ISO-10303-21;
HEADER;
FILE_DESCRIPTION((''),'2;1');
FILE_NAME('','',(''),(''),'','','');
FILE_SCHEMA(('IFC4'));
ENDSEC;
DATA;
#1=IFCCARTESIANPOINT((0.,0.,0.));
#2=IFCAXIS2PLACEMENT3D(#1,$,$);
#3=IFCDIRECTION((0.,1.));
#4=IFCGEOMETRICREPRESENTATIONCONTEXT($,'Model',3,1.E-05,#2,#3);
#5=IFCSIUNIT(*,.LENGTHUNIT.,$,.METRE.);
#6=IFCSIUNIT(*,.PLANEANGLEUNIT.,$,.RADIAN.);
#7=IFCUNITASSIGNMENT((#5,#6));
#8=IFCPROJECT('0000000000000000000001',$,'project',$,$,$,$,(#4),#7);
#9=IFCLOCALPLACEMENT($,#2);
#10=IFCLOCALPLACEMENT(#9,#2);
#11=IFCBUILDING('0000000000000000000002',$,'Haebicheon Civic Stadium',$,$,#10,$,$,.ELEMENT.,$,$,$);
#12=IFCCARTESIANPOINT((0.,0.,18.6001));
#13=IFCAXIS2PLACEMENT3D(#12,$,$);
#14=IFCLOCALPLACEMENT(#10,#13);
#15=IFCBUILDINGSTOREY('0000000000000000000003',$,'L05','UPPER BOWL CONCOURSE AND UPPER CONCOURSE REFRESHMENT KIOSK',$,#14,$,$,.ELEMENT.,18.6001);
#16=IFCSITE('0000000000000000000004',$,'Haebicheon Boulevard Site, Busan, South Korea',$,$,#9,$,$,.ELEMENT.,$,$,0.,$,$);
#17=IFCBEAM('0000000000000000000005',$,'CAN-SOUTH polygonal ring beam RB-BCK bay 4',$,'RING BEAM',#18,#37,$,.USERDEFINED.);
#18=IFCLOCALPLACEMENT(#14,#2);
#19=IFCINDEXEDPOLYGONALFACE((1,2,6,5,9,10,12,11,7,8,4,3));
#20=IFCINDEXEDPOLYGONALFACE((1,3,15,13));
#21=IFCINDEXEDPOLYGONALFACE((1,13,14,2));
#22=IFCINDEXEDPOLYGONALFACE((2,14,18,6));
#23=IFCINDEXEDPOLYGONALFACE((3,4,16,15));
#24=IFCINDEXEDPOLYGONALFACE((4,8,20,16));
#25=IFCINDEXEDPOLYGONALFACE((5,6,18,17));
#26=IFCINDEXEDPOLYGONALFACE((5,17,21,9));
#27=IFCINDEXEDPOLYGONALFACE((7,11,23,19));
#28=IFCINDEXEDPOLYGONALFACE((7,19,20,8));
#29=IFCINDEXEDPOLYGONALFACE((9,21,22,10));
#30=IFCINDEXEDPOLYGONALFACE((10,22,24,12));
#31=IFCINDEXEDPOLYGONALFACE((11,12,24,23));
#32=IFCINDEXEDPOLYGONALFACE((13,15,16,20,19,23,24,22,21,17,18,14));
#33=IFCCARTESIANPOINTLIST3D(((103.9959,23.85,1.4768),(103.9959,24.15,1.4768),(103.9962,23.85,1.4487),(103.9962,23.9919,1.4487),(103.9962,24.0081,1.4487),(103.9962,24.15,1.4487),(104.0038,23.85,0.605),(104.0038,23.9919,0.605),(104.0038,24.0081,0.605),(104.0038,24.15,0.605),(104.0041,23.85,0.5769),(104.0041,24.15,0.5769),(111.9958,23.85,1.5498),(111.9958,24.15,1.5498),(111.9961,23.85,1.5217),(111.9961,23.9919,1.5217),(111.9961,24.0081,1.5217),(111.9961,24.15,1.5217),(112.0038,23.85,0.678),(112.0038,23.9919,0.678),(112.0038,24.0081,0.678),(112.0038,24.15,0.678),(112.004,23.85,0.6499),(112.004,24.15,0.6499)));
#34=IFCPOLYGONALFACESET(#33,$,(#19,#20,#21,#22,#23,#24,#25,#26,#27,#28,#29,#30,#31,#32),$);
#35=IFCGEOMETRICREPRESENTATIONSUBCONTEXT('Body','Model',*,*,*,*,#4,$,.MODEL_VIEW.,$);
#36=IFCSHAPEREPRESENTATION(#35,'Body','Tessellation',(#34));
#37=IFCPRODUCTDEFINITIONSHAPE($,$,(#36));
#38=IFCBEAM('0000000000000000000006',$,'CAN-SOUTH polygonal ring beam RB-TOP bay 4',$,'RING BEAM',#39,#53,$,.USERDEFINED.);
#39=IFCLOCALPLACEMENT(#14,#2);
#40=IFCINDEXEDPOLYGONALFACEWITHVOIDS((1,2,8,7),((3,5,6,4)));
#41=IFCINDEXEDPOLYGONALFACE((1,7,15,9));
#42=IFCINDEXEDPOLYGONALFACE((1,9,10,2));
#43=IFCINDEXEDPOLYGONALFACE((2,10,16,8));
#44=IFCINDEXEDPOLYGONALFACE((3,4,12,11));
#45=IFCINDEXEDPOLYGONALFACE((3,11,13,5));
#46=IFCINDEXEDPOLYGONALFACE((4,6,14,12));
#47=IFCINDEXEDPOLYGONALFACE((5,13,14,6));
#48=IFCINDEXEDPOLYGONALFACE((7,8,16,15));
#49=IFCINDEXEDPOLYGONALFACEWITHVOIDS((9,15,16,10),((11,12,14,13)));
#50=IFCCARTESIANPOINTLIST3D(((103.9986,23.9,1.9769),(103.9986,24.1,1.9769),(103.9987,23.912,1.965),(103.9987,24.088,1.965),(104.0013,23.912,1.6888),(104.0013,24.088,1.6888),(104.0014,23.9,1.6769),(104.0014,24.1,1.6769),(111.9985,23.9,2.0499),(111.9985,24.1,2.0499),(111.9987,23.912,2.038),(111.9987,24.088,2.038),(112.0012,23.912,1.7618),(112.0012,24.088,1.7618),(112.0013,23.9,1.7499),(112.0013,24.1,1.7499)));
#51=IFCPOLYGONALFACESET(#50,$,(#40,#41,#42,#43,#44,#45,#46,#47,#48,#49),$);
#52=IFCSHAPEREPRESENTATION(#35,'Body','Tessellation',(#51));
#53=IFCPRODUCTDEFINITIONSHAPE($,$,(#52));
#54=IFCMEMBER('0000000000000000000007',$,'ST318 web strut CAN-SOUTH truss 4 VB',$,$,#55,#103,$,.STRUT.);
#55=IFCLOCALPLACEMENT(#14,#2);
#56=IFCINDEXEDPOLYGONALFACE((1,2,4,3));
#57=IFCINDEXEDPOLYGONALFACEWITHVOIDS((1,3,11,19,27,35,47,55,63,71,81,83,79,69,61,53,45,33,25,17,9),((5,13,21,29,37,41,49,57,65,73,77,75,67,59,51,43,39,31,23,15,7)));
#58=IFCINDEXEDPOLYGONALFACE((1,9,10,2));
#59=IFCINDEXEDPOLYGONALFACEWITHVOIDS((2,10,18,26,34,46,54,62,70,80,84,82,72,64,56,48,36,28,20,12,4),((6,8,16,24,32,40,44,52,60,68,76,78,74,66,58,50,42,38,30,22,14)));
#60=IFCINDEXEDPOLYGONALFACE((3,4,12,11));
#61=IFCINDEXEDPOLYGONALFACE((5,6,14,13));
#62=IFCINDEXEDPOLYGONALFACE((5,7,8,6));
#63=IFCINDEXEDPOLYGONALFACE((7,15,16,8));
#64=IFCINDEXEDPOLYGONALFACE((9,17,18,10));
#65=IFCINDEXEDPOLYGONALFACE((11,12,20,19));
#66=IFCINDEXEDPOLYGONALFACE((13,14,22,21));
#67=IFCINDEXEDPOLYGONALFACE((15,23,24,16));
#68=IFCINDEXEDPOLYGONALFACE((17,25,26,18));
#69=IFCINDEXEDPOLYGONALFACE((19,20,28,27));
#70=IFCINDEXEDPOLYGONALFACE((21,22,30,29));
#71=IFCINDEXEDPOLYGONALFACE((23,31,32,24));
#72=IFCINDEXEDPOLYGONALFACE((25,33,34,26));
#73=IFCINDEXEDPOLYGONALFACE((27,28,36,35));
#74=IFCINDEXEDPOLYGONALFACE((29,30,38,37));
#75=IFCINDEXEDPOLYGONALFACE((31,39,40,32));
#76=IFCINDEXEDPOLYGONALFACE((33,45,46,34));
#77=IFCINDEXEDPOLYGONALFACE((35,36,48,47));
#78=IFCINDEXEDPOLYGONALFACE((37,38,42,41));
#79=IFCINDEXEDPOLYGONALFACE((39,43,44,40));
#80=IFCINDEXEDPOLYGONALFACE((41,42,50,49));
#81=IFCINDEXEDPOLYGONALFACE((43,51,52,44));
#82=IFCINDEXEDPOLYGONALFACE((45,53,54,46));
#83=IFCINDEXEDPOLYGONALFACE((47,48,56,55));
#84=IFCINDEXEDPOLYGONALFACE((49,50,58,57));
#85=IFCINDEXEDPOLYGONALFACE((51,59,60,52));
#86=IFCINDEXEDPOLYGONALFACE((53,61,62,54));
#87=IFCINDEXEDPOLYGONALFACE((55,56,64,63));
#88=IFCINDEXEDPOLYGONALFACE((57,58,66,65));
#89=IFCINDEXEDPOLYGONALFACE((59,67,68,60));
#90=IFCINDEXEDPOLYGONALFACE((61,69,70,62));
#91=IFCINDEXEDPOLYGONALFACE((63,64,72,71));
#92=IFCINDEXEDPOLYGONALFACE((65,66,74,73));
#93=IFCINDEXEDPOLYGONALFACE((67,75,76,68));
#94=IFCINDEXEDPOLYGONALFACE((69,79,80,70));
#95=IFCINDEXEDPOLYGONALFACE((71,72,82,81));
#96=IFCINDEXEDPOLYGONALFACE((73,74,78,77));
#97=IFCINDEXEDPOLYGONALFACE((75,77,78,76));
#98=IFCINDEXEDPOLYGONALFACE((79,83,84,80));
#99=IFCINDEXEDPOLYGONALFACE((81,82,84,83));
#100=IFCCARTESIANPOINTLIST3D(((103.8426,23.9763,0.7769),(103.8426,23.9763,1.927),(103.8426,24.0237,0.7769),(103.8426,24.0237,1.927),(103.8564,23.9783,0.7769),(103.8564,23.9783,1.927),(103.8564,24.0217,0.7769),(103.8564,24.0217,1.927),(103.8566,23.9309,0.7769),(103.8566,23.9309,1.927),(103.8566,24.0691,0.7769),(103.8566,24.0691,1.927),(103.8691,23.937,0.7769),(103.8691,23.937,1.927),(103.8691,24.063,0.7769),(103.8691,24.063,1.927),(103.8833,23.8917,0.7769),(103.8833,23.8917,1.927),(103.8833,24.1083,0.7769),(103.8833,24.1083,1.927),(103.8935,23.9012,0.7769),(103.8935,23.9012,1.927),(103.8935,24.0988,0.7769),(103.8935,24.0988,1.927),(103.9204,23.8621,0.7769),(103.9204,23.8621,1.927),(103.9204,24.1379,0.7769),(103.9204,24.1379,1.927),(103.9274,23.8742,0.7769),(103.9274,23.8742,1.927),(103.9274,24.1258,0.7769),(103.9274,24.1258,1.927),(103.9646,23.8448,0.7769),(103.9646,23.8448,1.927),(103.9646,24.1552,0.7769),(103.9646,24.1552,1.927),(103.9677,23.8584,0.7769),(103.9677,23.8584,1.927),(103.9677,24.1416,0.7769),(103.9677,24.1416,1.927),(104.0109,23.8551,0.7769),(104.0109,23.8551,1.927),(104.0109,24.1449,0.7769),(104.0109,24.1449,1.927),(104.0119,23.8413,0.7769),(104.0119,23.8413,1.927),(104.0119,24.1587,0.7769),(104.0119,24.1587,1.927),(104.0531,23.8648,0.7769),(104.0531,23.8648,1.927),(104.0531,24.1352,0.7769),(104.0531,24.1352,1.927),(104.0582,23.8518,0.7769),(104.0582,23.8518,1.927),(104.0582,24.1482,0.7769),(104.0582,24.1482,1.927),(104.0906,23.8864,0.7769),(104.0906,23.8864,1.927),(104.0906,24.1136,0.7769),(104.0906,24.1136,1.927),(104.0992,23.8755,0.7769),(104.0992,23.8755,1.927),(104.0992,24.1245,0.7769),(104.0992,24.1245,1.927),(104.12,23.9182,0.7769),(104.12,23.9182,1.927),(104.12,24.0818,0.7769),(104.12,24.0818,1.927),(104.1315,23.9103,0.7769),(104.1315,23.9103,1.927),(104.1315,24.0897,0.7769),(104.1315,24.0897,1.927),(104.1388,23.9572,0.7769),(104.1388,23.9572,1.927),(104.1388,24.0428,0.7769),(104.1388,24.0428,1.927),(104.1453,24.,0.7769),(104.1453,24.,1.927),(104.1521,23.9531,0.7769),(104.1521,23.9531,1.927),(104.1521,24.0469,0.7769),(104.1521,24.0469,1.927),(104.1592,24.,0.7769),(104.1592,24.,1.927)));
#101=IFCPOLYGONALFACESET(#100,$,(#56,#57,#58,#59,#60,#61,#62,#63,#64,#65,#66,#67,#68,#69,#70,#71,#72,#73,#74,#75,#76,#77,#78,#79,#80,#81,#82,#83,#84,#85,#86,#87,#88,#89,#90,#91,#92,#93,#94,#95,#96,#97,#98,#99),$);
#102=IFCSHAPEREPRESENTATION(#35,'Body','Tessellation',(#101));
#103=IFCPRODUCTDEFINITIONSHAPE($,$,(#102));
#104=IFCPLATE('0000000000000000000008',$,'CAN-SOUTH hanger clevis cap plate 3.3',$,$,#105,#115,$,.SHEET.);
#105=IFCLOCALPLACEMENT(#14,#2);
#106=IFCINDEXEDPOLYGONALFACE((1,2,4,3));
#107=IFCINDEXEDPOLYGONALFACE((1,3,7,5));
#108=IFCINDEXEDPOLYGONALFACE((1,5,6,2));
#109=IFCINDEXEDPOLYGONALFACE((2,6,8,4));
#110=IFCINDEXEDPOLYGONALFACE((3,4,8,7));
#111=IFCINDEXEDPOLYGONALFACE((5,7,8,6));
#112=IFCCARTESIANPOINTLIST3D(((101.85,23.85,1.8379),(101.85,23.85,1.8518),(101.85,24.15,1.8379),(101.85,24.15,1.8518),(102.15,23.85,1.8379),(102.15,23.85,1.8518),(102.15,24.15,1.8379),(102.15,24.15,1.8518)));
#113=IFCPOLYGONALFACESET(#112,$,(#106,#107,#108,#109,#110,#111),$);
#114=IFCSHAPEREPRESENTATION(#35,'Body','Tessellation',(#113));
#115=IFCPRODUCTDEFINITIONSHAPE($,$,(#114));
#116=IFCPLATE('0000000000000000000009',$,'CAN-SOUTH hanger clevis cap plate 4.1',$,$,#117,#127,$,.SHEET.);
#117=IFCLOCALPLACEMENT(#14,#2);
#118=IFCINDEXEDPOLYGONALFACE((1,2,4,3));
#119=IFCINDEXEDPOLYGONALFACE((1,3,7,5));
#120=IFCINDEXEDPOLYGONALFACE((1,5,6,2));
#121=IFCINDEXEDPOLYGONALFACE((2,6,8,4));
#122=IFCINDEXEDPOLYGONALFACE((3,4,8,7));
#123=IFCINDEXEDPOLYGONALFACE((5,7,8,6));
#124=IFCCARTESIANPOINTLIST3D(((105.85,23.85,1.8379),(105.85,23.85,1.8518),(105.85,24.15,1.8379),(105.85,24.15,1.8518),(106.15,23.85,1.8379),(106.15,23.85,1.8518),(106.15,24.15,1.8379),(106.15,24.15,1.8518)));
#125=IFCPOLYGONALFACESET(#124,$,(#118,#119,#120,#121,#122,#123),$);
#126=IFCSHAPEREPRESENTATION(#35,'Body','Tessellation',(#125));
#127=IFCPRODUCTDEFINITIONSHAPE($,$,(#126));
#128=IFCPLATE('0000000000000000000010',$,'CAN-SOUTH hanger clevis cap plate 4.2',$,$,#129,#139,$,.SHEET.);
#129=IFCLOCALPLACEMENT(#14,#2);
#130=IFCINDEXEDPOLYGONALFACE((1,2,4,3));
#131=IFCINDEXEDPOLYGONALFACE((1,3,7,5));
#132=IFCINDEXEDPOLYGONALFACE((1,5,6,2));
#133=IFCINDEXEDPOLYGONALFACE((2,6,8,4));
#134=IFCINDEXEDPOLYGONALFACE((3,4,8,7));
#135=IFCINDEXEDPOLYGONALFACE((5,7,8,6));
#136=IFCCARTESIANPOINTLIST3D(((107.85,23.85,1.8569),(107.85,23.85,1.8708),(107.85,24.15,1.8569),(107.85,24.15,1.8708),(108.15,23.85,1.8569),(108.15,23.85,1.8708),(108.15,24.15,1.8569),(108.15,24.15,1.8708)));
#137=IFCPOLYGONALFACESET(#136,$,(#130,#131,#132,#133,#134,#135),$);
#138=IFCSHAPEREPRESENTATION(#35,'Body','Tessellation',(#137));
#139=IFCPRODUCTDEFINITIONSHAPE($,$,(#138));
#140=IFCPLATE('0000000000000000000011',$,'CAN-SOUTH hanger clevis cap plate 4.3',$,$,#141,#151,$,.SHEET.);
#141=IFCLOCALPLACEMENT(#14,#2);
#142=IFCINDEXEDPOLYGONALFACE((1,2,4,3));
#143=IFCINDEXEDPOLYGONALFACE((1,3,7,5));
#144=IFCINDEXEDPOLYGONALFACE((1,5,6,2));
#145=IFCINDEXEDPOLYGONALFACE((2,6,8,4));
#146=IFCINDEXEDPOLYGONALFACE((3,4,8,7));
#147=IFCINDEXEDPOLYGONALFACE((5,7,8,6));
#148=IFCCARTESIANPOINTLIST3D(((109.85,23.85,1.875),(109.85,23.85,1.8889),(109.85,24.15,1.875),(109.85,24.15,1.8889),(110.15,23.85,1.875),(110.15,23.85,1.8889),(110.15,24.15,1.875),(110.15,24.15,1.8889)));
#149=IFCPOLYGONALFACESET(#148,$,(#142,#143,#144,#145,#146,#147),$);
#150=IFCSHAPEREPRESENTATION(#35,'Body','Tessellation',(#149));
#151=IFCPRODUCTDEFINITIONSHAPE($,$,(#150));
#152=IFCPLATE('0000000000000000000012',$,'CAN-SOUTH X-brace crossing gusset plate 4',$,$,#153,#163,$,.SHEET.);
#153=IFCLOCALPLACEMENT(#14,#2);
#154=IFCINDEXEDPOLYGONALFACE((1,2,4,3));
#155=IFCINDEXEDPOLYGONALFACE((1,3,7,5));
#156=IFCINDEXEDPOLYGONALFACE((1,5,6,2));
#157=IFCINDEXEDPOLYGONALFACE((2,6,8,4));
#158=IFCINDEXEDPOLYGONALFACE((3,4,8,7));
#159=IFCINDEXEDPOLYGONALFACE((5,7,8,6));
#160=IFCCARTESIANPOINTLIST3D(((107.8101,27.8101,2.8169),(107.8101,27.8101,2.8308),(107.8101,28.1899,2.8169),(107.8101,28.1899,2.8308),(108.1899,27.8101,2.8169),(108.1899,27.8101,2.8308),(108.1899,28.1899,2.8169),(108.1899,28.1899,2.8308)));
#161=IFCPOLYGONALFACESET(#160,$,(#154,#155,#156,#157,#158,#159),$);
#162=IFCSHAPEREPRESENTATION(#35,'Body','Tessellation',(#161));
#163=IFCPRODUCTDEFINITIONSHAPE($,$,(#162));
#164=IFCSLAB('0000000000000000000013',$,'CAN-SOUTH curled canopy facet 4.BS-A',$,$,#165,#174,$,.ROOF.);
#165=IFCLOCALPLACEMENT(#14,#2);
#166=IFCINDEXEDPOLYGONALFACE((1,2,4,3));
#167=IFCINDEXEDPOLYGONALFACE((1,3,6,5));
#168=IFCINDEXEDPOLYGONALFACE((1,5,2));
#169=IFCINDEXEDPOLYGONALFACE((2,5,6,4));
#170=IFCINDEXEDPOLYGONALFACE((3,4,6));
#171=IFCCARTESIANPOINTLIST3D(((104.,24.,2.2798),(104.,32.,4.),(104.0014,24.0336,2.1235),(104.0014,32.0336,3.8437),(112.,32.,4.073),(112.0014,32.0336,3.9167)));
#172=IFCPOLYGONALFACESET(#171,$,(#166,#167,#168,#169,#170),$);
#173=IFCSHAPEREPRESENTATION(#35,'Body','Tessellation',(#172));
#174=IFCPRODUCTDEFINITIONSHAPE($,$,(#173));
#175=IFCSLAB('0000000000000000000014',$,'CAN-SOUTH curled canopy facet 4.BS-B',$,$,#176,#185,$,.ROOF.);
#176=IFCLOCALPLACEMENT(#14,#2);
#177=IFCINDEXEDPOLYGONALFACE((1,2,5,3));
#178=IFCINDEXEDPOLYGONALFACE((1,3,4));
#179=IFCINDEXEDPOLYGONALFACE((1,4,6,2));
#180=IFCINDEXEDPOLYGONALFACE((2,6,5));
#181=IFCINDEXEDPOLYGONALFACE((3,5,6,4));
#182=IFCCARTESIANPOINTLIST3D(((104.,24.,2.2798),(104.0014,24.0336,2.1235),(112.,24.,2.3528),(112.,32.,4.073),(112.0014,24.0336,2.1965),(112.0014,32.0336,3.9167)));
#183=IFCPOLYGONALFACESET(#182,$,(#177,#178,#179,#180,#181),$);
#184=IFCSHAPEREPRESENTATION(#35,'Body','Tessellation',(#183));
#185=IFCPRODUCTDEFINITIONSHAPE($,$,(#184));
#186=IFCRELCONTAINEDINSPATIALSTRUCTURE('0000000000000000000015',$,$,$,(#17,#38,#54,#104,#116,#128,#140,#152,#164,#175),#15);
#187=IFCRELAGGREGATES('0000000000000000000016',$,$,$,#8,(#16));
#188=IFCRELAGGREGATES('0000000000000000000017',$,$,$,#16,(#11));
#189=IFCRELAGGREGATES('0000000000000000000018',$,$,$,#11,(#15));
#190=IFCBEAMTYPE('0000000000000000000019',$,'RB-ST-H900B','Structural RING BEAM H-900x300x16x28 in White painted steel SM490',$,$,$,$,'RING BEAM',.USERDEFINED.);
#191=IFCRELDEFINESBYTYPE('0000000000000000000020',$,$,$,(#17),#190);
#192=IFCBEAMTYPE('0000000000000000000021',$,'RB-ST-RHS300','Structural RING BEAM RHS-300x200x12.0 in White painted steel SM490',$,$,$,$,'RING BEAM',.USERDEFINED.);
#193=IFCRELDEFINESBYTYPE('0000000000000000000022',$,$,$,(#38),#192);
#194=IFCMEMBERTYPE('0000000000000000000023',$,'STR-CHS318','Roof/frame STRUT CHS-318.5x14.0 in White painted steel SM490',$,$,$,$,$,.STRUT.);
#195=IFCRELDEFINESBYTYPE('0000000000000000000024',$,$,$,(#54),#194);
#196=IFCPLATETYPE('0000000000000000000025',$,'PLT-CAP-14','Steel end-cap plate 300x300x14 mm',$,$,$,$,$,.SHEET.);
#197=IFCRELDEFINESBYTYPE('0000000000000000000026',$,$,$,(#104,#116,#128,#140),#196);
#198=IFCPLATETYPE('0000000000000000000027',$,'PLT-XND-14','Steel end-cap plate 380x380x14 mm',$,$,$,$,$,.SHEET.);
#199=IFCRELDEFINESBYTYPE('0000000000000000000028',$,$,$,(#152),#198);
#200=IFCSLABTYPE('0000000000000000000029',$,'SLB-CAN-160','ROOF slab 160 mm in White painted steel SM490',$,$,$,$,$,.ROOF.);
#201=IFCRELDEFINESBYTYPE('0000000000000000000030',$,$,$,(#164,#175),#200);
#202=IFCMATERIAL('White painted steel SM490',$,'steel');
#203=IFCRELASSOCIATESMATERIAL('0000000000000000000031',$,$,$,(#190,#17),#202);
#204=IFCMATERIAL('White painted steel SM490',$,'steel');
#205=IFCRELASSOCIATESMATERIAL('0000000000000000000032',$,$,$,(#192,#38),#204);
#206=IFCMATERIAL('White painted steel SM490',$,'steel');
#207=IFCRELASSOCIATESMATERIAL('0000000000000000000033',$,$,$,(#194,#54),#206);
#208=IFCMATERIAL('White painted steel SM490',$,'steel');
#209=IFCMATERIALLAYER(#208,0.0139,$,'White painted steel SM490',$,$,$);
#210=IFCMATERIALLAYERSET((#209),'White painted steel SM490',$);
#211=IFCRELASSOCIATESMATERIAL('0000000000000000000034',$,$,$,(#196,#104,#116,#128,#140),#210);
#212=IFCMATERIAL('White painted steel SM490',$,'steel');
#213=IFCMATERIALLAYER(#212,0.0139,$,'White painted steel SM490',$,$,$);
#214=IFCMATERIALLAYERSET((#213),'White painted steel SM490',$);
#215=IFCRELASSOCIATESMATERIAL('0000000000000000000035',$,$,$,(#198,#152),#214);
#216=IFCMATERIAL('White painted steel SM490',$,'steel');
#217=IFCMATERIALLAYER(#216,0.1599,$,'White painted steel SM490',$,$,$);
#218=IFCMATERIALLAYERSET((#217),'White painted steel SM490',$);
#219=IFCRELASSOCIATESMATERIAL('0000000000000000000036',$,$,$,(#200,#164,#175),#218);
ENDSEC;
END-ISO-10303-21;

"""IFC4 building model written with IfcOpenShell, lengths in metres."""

from ifc_helpers import new_model, si_unit, direction, frame, origin, origin_2d, place, context, subcontext, project, spatial, polyline, rectangle, hollow_rectangle, hollow_circle, i_section, outline, extrude, material, layer, layer_set, material_profile, profile_set, type_object, element, save


model = new_model("IFC4")

# Units and contexts
model_context = context("Model", 3, precision=1e-05, world=origin(), true_north=direction((0.0, 1.0)))
body_context = subcontext(model_context, "Body", "Model", "MODEL_VIEW")
ifc_project = project(units=[si_unit("LENGTHUNIT", "METRE"), si_unit("PLANEANGLEUNIT", "RADIAN")], contexts=[model_context])

# Site, building, storey
site_placement = place(None, origin())
site = spatial("IfcSite", under=ifc_project, at=site_placement, Name="Haebicheon Boulevard Site, Busan, South Korea", CompositionType="ELEMENT", RefElevation=0.0)
building_placement = place(site_placement, origin())
building = spatial("IfcBuilding", under=site, at=building_placement, Name="Haebicheon Civic Stadium", CompositionType="ELEMENT")
storey_placement = place(building_placement, frame((0.0, 0.0, 18.6001)))
storey = spatial("IfcBuildingStorey", under=building, at=storey_placement, Name="L05", Description="UPPER BOWL CONCOURSE AND UPPER CONCOURSE REFRESHMENT KIOSK", CompositionType="ELEMENT", Elevation=18.6001)

# Beams
ifc_material_1 = material(Name="White painted steel SM490", Category="steel")
ifc_material_profile_1 = material_profile(ifc_material_1, i_section(OverallWidth=0.3, OverallDepth=0.8999, WebThickness=0.0161, FlangeThickness=0.0281, at=origin_2d()), Name="H-900x300x16x28")
ifc_profile_set_1 = profile_set([ifc_material_profile_1], Name="White painted steel SM490")
beam_type_1 = type_object("IfcBeamType", Name="RB-ST-H900B", Description="Structural RING BEAM H-900x300x16x28 in White painted steel SM490", ElementType="RING BEAM", PredefinedType="USERDEFINED", material=ifc_profile_set_1)
beam_1_placement = place(storey_placement, frame((104.0, 24.0, 1.0269), z_axis=(0.999958, 0.0, 0.009124), x_axis=(0.0, 1.0, 0.0)))
element("IfcBeam", 1, at=beam_1_placement, inside=storey, type_object=beam_type_1, material=ifc_profile_set_1, Name="CAN-SOUTH polygonal ring beam RB-BCK bay 4", ObjectType="RING BEAM", PredefinedType="USERDEFINED", context=body_context, shape_type="SweptSolid", body=[
    extrude(i_section(OverallWidth=0.3, OverallDepth=0.8999, WebThickness=0.0161, FlangeThickness=0.0281, at=origin_2d()), origin(), (0.0, 0.0, 1.0), 8.0002),
])
ifc_material_2 = material(Name="White painted steel SM490", Category="steel")
ifc_material_profile_2 = material_profile(ifc_material_2, hollow_rectangle(XDim=0.2, YDim=0.3, WallThickness=0.012, at=origin_2d()), Name="RHS-300x200x12.0")
ifc_profile_set_2 = profile_set([ifc_material_profile_2], Name="White painted steel SM490")
beam_type_2 = type_object("IfcBeamType", Name="RB-ST-RHS300", Description="Structural RING BEAM RHS-300x200x12.0 in White painted steel SM490", ElementType="RING BEAM", PredefinedType="USERDEFINED", material=ifc_profile_set_2)
beam_2_placement = place(storey_placement, frame((104.0, 24.0, 1.8269), z_axis=(0.999958, 0.0, 0.009124), x_axis=(0.0, 1.0, 0.0)))
element("IfcBeam", 2, at=beam_2_placement, inside=storey, type_object=beam_type_2, material=ifc_profile_set_2, Name="CAN-SOUTH polygonal ring beam RB-TOP bay 4", ObjectType="RING BEAM", PredefinedType="USERDEFINED", context=body_context, shape_type="SweptSolid", body=[
    extrude(hollow_rectangle(XDim=0.2, YDim=0.3, WallThickness=0.012, at=origin_2d()), origin(), (0.0, 0.0, 1.0), 8.0002),
])

# Member
ifc_material_3 = material(Name="White painted steel SM490", Category="steel")
ifc_material_profile_3 = material_profile(ifc_material_3, hollow_circle(Radius=0.1592, WallThickness=0.0139, at=origin_2d()), Name="CHS-318.5x14.0")
ifc_profile_set_3 = profile_set([ifc_material_profile_3], Name="White painted steel SM490")
member_type_1 = type_object("IfcMemberType", Name="STR-CHS318", Description="Roof/frame STRUT CHS-318.5x14.0 in White painted steel SM490", PredefinedType="STRUT", material=ifc_profile_set_3)
member_1_placement = place(storey_placement, frame((104.0, 24.0, 0.7769), z_axis=(0.0, 0.0, 1.0), x_axis=(1.0, 0.0, 0.0)))
element("IfcMember", 3, at=member_1_placement, inside=storey, type_object=member_type_1, material=ifc_profile_set_3, Name="ST318 web strut CAN-SOUTH truss 4 VB", PredefinedType="STRUT", context=body_context, shape_type="SweptSolid", body=[
    extrude(hollow_circle(Radius=0.1592, WallThickness=0.0139, at=origin_2d()), origin(), (0.0, 0.0, 1.0), 1.1501),
])

# Plates
ifc_material_4 = material(Name="White painted steel SM490", Category="steel")
ifc_layer_1 = layer(ifc_material_4, 0.0139, Name="White painted steel SM490")
ifc_layer_set_1 = layer_set([ifc_layer_1], Name="White painted steel SM490")
plate_type_1 = type_object("IfcPlateType", Name="PLT-CAP-14", Description="Steel end-cap plate 300x300x14 mm", PredefinedType="SHEET", material=ifc_layer_set_1)
for number, where, z_axis, x_axis, name in (
    (4, (102.0, 24.0, 1.8379), (0.0, 0.0, 1.0), (1.0, 0.0, 0.0), "CAN-SOUTH hanger clevis cap plate 3.3"),
    (5, (106.0, 24.0, 1.8379), (0.0, 0.0, 1.0), (1.0, 0.0, 0.0), "CAN-SOUTH hanger clevis cap plate 4.1"),
    (6, (108.0, 24.0, 1.8569), (0.0, 0.0, 1.0), (1.0, 0.0, 0.0), "CAN-SOUTH hanger clevis cap plate 4.2"),
    (7, (110.0, 24.0, 1.875), (0.0, 0.0, 1.0), (1.0, 0.0, 0.0), "CAN-SOUTH hanger clevis cap plate 4.3"),
):
    element("IfcPlate", number, at=place(storey_placement, frame(where, z_axis=z_axis, x_axis=x_axis)), inside=storey, type_object=plate_type_1, material=ifc_layer_set_1, Name=name, PredefinedType="SHEET", context=body_context, shape_type="SweptSolid", body=[
        extrude(rectangle(XDim=0.3, YDim=0.3, at=origin_2d()), origin(), (0.0, 0.0, 1.0), 0.0139),
    ])
ifc_material_5 = material(Name="White painted steel SM490", Category="steel")
ifc_layer_2 = layer(ifc_material_5, 0.0139, Name="White painted steel SM490")
ifc_layer_set_2 = layer_set([ifc_layer_2], Name="White painted steel SM490")
plate_type_2 = type_object("IfcPlateType", Name="PLT-XND-14", Description="Steel end-cap plate 380x380x14 mm", PredefinedType="SHEET", material=ifc_layer_set_2)
plate_placement = place(storey_placement, frame((108.0, 28.0, 2.8169), z_axis=(0.0, 0.0, 1.0), x_axis=(1.0, 0.0, 0.0)))
element("IfcPlate", 8, at=plate_placement, inside=storey, type_object=plate_type_2, material=ifc_layer_set_2, Name="CAN-SOUTH X-brace crossing gusset plate 4", PredefinedType="SHEET", context=body_context, shape_type="SweptSolid", body=[
    extrude(rectangle(XDim=0.3799, YDim=0.3799, at=origin_2d()), origin(), (0.0, 0.0, 1.0), 0.0139),
])

# Slabs
ifc_material_6 = material(Name="White painted steel SM490", Category="steel")
ifc_layer_3 = layer(ifc_material_6, 0.1599, Name="White painted steel SM490")
ifc_layer_set_3 = layer_set([ifc_layer_3], Name="White painted steel SM490")
slab_type = type_object("IfcSlabType", Name="SLB-CAN-160", Description="ROOF slab 160 mm in White painted steel SM490", PredefinedType="ROOF", material=ifc_layer_set_3)
slab_1_placement = place(storey_placement, frame((104.0, 24.0, 2.2798), z_axis=(-0.00892, -0.210213, 0.977615), x_axis=(0.0, 0.977654, 0.210222)))
element("IfcSlab", 9, at=slab_1_placement, inside=storey, type_object=slab_type, material=ifc_layer_set_3, Name="CAN-SOUTH curled canopy facet 4.BS-A", PredefinedType="ROOF", context=body_context, shape_type="SweptSolid", body=[
    extrude(outline(polyline([(0.0, 0.0), (8.1829, 0.0), (8.1982, -8.0003), (0.0, 0.0)])), origin(), (0.0, 0.0, -1.0), 0.1599),
])
slab_2_placement = place(storey_placement, frame((104.0, 24.0, 2.2798), z_axis=(-0.00892, -0.210213, 0.977615), x_axis=(0.698389, 0.698389, 0.156545)))
element("IfcSlab", 10, at=slab_2_placement, inside=storey, type_object=slab_type, material=ifc_layer_set_3, Name="CAN-SOUTH curled canopy facet 4.BS-B", PredefinedType="ROOF", context=body_context, shape_type="SweptSolid", body=[
    extrude(outline(polyline([(0.0, 0.0), (11.4549, 0.0), (5.5985, -5.715), (0.0, 0.0)])), origin(), (0.0, 0.0, -1.0), 0.1599),
])

save(model, "model.ifc")
